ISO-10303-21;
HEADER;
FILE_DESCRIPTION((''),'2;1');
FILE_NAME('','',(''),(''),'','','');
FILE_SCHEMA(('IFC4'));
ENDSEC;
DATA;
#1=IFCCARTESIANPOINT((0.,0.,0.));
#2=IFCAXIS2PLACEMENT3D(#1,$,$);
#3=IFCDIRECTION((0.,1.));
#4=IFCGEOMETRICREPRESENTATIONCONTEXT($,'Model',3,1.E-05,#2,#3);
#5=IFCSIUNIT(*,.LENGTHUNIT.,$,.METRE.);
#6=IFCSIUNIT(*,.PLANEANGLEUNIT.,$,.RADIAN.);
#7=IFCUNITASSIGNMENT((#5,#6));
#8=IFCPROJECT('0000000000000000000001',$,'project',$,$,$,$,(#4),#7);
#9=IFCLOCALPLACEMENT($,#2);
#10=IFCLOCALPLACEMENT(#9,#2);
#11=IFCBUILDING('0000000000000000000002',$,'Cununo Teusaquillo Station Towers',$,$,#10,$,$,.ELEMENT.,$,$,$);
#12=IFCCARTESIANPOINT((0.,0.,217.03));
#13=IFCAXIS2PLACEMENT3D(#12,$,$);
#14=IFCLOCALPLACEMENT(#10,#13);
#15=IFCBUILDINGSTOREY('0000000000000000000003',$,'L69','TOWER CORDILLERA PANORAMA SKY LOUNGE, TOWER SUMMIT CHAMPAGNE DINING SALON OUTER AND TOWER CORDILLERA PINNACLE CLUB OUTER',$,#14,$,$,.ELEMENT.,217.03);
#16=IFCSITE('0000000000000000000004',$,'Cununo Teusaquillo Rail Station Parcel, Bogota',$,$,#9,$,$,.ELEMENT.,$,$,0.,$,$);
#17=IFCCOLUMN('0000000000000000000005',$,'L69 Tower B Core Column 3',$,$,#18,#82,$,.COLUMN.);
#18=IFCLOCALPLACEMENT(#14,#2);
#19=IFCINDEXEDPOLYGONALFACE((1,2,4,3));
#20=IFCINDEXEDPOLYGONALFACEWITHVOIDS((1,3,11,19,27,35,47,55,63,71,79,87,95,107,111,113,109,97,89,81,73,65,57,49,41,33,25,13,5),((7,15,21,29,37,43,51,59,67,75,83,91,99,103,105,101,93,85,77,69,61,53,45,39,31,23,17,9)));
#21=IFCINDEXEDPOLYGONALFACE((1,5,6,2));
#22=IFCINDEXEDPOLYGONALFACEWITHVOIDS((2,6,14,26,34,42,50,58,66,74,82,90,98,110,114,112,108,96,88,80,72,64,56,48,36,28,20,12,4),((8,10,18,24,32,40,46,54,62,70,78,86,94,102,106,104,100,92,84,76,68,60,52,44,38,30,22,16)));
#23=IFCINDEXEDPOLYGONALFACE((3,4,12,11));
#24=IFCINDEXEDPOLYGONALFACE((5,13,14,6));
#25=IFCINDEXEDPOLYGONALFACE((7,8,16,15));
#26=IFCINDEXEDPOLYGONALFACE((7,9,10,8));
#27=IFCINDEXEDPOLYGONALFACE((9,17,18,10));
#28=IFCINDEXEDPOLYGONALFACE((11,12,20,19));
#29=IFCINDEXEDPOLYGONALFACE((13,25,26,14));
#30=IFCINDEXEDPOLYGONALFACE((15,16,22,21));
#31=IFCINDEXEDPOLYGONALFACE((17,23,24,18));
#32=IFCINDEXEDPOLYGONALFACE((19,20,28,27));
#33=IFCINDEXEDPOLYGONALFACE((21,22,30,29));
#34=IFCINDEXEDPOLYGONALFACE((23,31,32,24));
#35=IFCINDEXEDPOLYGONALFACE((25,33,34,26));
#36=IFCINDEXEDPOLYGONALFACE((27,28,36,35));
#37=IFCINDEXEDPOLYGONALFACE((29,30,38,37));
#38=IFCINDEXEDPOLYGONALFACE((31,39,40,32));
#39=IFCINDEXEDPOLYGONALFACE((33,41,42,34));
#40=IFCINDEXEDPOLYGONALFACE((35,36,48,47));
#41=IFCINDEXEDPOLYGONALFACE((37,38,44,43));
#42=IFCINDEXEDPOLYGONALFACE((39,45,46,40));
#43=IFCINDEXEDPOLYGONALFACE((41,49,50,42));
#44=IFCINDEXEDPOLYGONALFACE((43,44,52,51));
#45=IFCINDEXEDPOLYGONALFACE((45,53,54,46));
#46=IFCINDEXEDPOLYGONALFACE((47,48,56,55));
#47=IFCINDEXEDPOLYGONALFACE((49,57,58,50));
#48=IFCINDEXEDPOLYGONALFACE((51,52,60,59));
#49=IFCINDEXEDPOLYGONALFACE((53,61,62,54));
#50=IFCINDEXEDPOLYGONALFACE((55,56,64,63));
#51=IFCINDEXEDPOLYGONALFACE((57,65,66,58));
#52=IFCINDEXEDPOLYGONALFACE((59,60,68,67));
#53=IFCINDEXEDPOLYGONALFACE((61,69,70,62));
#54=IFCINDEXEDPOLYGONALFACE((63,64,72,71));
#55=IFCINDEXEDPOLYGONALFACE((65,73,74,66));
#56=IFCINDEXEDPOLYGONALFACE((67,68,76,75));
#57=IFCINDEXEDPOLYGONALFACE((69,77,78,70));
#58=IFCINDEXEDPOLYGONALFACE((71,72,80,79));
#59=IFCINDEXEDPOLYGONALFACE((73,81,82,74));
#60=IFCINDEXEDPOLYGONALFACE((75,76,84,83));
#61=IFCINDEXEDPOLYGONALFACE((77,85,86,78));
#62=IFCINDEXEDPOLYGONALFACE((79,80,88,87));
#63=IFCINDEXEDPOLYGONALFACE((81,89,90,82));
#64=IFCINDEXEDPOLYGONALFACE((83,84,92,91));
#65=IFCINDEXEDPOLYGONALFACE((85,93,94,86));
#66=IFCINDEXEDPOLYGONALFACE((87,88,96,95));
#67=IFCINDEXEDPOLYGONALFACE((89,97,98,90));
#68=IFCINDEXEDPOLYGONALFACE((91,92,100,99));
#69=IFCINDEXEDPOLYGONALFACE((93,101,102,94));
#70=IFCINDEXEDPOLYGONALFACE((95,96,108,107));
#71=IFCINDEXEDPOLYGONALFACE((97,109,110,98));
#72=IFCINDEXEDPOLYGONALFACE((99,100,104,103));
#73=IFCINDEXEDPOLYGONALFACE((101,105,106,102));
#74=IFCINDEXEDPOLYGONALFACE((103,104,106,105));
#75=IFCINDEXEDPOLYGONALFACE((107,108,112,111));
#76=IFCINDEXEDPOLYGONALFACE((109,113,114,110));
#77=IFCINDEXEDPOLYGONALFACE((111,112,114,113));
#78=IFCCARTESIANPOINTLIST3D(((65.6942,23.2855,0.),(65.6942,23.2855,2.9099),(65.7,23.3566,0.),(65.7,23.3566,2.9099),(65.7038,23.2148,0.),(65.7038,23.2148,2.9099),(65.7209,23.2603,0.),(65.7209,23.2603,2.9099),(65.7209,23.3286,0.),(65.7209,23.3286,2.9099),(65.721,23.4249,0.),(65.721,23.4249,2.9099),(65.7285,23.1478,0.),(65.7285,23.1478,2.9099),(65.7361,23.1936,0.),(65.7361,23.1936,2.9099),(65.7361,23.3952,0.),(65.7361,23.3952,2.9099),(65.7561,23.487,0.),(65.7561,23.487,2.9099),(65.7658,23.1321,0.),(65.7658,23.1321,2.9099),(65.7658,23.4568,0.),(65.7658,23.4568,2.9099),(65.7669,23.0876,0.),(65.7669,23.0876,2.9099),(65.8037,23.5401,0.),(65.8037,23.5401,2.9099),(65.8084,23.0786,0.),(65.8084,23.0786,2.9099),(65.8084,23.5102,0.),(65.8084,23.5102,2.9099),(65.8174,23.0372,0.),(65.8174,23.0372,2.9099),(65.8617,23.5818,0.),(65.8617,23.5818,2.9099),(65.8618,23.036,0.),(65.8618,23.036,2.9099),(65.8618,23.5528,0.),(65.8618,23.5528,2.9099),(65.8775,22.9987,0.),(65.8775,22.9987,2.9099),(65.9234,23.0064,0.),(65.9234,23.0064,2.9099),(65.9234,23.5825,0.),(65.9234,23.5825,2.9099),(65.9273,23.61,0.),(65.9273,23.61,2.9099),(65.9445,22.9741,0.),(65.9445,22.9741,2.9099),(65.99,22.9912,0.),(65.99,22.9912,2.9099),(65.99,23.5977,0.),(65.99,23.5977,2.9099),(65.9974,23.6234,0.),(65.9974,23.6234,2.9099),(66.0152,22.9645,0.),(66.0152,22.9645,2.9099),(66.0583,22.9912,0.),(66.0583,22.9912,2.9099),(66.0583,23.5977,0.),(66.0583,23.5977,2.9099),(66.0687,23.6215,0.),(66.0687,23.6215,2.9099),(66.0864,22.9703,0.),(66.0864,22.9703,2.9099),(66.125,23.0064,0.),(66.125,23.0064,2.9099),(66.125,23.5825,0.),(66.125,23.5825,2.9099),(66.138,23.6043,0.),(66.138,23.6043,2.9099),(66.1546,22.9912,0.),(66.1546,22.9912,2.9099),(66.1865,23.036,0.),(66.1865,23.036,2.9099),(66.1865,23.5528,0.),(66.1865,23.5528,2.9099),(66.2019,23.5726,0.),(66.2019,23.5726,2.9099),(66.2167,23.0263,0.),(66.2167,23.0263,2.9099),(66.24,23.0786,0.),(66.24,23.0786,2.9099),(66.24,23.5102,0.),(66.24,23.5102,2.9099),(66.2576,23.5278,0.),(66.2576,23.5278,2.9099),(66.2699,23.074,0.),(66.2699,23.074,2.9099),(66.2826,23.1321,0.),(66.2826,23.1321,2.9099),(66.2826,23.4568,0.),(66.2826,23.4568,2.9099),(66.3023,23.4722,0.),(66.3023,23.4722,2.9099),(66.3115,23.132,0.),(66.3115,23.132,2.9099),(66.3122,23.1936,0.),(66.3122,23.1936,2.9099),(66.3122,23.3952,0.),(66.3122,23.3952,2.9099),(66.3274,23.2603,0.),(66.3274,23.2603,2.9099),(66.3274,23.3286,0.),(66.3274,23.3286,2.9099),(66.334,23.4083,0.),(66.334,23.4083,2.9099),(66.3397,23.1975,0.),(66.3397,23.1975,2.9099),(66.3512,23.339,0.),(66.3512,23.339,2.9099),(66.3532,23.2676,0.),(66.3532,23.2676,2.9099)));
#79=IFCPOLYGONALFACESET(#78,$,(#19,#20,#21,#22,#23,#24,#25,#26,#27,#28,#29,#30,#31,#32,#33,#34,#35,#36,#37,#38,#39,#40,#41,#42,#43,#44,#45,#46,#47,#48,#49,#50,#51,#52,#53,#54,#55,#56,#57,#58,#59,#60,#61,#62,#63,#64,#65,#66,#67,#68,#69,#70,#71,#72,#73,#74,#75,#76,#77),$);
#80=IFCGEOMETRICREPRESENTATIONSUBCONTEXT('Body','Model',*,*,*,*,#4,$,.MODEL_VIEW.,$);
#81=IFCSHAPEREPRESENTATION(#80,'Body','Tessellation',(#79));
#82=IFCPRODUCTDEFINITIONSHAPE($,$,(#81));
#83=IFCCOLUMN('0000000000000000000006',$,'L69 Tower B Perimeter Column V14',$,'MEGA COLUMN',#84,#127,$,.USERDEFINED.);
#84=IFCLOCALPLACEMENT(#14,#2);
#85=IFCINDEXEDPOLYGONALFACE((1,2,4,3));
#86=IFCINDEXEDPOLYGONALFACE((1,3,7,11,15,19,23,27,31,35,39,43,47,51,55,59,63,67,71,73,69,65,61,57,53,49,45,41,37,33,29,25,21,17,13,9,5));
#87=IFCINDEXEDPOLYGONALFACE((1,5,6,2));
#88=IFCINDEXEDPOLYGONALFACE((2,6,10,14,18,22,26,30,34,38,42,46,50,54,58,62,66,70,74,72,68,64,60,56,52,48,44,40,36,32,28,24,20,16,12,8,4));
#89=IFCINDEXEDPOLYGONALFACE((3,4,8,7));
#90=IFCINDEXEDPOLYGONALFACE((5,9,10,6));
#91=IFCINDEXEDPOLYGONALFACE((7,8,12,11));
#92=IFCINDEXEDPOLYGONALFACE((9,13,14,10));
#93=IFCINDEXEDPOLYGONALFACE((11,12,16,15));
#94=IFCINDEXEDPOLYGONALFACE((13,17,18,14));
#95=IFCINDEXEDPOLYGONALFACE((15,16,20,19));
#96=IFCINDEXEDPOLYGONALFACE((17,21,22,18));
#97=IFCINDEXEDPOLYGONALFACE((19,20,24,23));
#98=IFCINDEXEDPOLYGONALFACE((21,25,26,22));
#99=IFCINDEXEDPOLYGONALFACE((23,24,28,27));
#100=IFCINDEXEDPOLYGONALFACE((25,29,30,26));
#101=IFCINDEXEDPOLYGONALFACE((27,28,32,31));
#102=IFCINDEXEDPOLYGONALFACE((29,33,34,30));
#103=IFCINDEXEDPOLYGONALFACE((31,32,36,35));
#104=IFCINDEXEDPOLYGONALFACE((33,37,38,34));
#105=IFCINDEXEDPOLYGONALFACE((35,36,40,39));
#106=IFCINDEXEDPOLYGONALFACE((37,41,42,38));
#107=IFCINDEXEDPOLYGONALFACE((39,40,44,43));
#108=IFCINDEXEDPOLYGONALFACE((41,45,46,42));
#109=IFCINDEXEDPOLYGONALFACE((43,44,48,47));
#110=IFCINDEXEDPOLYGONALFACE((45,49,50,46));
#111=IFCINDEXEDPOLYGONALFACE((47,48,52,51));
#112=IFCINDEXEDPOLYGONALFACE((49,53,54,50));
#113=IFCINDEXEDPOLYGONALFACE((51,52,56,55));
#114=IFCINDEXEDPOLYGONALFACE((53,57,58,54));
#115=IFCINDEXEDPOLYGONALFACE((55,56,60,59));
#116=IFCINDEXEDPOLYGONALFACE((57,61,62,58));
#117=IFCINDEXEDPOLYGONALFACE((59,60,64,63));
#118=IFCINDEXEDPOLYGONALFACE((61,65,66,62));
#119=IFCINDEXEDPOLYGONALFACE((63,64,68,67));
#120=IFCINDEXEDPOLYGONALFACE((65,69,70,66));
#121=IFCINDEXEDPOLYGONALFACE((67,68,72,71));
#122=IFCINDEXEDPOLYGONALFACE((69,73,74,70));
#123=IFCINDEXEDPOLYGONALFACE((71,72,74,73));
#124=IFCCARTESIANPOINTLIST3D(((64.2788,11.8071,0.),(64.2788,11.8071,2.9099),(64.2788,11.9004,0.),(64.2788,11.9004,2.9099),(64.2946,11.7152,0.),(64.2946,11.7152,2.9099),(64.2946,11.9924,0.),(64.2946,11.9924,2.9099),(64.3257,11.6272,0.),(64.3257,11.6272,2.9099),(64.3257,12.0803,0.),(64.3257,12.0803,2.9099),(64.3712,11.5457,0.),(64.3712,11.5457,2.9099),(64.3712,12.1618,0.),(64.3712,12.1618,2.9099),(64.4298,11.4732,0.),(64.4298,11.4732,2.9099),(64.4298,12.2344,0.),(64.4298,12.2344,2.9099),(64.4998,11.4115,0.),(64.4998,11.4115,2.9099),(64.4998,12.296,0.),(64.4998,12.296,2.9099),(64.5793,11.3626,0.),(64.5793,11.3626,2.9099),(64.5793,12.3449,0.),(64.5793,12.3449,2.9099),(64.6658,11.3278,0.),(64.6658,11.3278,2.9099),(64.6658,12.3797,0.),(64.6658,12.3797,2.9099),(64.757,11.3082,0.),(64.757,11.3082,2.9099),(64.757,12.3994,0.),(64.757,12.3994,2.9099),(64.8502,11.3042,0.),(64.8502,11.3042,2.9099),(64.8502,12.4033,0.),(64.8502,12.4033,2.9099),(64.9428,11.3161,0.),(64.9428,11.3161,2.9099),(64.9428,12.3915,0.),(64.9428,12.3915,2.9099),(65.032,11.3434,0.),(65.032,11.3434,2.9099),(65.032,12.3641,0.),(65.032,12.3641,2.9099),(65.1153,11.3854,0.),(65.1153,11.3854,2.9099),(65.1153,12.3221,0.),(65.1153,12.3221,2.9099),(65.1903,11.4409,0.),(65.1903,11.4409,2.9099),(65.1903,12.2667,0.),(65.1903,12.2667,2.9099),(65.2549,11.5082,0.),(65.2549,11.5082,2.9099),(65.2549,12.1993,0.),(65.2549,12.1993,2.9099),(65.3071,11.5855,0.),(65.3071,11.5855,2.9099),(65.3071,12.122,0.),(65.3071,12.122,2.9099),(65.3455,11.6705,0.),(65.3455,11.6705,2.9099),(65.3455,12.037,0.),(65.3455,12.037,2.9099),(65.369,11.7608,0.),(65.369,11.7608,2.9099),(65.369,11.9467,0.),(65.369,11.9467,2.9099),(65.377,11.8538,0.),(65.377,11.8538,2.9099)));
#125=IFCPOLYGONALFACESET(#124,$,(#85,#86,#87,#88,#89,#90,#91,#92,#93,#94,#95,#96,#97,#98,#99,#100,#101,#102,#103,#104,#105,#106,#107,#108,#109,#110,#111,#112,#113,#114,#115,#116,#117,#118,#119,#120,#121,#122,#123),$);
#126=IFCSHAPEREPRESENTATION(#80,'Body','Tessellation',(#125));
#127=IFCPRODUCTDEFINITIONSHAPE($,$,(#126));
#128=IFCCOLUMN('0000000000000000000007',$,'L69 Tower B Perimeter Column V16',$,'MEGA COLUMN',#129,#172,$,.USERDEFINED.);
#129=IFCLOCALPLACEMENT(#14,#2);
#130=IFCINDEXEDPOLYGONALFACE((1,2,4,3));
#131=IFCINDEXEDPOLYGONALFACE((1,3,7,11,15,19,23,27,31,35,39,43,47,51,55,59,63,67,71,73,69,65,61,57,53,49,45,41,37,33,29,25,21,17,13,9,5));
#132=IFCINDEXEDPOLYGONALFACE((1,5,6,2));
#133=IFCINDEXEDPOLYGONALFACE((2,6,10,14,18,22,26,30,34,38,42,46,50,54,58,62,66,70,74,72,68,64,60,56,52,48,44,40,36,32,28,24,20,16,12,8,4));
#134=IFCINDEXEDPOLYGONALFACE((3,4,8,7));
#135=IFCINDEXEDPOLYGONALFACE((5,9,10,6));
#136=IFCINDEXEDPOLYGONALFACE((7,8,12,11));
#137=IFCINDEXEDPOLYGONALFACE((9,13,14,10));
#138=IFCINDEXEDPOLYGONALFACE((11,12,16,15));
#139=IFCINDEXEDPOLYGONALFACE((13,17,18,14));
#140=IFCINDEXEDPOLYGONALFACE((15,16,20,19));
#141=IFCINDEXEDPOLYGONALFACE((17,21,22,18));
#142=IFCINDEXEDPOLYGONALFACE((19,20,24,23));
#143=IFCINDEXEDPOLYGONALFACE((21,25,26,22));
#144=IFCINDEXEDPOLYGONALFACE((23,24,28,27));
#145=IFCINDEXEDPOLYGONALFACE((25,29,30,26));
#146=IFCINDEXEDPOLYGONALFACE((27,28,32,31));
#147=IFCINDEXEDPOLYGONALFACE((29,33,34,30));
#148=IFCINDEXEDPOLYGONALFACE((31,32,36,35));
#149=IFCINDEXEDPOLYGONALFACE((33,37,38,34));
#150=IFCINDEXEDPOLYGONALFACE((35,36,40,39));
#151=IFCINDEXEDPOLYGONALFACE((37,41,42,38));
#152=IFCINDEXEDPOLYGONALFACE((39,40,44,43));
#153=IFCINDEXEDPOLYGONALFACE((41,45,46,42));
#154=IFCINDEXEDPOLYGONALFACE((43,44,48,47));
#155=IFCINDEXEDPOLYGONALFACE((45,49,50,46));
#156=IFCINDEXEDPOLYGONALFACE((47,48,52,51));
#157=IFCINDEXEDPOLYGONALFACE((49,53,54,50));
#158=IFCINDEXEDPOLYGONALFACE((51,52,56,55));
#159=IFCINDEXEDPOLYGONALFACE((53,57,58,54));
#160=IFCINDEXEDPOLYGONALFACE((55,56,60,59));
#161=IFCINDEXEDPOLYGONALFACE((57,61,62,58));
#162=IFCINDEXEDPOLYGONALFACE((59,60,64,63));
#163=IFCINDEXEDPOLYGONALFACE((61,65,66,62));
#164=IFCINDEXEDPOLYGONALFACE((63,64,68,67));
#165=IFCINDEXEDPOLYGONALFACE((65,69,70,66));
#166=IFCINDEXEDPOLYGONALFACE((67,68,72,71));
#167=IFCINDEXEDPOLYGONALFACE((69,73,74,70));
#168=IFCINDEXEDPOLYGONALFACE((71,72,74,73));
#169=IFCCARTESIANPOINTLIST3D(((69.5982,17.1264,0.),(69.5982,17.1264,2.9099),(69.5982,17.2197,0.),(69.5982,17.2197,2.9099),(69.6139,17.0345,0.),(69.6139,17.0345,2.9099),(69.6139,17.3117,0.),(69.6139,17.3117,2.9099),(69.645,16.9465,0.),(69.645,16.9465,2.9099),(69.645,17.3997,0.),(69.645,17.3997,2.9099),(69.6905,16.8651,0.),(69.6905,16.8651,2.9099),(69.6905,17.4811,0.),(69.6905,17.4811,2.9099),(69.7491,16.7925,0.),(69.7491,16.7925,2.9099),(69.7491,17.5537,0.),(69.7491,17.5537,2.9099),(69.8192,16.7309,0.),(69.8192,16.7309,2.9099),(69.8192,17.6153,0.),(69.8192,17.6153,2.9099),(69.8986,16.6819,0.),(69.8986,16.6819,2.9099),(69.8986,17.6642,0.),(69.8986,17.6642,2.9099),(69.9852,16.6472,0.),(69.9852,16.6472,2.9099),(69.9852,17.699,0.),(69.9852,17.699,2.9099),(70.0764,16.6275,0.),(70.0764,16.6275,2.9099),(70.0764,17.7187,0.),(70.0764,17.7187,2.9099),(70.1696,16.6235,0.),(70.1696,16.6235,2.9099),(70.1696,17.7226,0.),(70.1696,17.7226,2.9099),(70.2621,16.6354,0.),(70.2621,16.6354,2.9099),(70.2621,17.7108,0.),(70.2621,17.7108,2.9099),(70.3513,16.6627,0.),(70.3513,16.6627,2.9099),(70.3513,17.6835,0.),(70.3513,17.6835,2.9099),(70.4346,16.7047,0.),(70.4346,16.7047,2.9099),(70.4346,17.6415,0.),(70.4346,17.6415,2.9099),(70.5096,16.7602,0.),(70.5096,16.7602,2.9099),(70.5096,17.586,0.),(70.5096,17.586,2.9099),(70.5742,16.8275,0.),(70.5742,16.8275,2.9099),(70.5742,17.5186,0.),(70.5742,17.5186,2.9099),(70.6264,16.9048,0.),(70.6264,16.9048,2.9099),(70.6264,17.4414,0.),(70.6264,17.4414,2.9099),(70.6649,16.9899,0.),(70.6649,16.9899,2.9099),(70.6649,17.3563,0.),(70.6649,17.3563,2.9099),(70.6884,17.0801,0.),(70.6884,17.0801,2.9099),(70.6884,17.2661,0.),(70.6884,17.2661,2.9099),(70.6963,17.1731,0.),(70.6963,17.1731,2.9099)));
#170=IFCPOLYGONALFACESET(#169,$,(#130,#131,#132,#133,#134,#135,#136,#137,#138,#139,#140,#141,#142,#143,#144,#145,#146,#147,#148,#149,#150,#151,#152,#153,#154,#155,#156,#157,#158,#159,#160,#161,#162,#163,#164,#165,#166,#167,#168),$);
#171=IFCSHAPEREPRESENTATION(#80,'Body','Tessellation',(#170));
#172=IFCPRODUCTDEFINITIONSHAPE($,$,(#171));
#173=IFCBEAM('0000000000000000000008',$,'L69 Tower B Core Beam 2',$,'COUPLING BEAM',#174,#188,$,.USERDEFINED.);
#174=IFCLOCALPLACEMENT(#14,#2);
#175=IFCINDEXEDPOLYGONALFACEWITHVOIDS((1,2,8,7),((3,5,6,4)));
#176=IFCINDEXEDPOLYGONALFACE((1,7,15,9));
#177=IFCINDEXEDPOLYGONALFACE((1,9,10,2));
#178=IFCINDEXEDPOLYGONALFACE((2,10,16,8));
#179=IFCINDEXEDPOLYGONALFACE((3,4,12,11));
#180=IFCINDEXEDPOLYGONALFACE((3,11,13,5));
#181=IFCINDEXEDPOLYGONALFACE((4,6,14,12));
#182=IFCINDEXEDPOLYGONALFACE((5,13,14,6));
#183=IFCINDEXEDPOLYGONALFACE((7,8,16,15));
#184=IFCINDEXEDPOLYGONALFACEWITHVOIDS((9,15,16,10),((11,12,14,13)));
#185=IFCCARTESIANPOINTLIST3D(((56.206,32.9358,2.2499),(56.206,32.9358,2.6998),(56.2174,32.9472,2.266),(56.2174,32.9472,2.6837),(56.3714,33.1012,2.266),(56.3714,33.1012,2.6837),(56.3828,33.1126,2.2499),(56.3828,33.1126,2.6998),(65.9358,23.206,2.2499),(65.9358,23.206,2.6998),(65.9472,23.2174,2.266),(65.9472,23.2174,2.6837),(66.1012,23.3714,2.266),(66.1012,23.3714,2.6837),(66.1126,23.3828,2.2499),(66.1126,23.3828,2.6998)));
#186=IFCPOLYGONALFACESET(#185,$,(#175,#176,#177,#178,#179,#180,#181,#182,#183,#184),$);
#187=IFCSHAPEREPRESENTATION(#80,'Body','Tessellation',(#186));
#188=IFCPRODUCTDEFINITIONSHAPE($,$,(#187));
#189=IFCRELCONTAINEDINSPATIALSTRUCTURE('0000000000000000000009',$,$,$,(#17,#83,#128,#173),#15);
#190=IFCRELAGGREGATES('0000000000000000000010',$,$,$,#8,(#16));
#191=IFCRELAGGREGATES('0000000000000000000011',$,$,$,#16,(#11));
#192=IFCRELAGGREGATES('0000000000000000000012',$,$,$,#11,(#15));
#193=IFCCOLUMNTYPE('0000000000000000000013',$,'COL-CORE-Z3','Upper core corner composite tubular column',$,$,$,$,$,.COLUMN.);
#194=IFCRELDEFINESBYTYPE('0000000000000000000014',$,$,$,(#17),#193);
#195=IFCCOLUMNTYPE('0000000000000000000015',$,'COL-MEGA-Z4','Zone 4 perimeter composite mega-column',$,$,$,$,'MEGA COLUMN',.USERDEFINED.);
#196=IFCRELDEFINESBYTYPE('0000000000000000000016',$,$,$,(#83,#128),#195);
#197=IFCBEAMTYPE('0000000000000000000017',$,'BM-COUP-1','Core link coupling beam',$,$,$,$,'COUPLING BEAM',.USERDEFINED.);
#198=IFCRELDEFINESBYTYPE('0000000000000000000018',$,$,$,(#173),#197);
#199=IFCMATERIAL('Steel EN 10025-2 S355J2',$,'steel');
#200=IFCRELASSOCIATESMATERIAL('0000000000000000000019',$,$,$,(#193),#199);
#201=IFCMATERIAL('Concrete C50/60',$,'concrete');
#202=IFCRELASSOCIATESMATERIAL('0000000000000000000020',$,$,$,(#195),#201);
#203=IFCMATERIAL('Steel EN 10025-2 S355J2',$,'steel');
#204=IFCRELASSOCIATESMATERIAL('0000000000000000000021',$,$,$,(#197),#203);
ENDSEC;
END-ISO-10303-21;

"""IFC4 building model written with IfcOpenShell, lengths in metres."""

from ifc_helpers import new_model, si_unit, direction, frame, origin, origin_2d, place, context, subcontext, project, spatial, hollow_rectangle, circle, hollow_circle, extrude, material, material_profile, profile_set, type_object, element, save


model = new_model("IFC4")

# Units and contexts
model_context = context("Model", 3, precision=1e-05, world=origin(), true_north=direction((0.0, 1.0)))
body_context = subcontext(model_context, "Body", "Model", "MODEL_VIEW")
ifc_project = project(units=[si_unit("LENGTHUNIT", "METRE"), si_unit("PLANEANGLEUNIT", "RADIAN")], contexts=[model_context])

# Site, building, storey
site_placement = place(None, origin())
site = spatial("IfcSite", under=ifc_project, at=site_placement, Name="Cununo Teusaquillo Rail Station Parcel, Bogota", CompositionType="ELEMENT", RefElevation=0.0)
building_placement = place(site_placement, origin())
building = spatial("IfcBuilding", under=site, at=building_placement, Name="Cununo Teusaquillo Station Towers", CompositionType="ELEMENT")
storey_placement = place(building_placement, frame((0.0, 0.0, 217.03)))
storey = spatial("IfcBuildingStorey", under=building, at=storey_placement, Name="L69", Description="TOWER CORDILLERA PANORAMA SKY LOUNGE, TOWER SUMMIT CHAMPAGNE DINING SALON OUTER AND TOWER CORDILLERA PINNACLE CLUB OUTER", CompositionType="ELEMENT", Elevation=217.03)

# Columns
ifc_material_1 = material(Name="Steel EN 10025-2 S355J2", Category="steel")
ifc_material_profile_1 = material_profile(ifc_material_1, hollow_circle(Radius=0.3301, WallThickness=0.0249, at=origin_2d()), Name="CHS 660x25")
ifc_profile_set_1 = profile_set([ifc_material_profile_1], Name="Steel EN 10025-2 S355J2")
column_type_1 = type_object("IfcColumnType", Name="COL-CORE-Z3", Description="Upper core corner composite tubular column", PredefinedType="COLUMN", material=ifc_profile_set_1)
column_placement = place(storey_placement, frame((66.0242, 23.2944, 0.0), z_axis=(0.0, 0.0, 1.0), x_axis=(0.707107, 0.707107, 0.0)))
element("IfcColumn", 1, at=column_placement, inside=storey, type_object=column_type_1, Name="L69 Tower B Core Column 3", PredefinedType="COLUMN", context=body_context, shape_type="SweptSolid", body=[
    extrude(hollow_circle(Radius=0.3301, WallThickness=0.0249, at=origin_2d()), origin(), (0.0, 0.0, 1.0), 2.9099),
])
ifc_material_2 = material(Name="Concrete C50/60", Category="concrete")
ifc_material_profile_2 = material_profile(ifc_material_2, circle(Radius=0.55, at=origin_2d()), Name="RC-CIRC-1100")
ifc_profile_set_2 = profile_set([ifc_material_profile_2], Name="Concrete C50/60")
column_type_2 = type_object("IfcColumnType", Name="COL-MEGA-Z4", Description="Zone 4 perimeter composite mega-column", ElementType="MEGA COLUMN", PredefinedType="USERDEFINED", material=ifc_profile_set_2)
for number, where, z_axis, x_axis, name in (
    (2, (64.8269, 11.8538, 0.0), (0.0, 0.0, 1.0), (1.0, 0.0, 0.0), "L69 Tower B Perimeter Column V14"),
    (3, (70.1462, 17.1731, 0.0), (0.0, 0.0, 1.0), (1.0, 0.0, 0.0), "L69 Tower B Perimeter Column V16"),
):
    element("IfcColumn", number, at=place(storey_placement, frame(where, z_axis=z_axis, x_axis=x_axis)), inside=storey, type_object=column_type_2, Name=name, ObjectType="MEGA COLUMN", PredefinedType="USERDEFINED", context=body_context, shape_type="SweptSolid", body=[
        extrude(circle(Radius=0.55, at=origin_2d()), origin(), (0.0, 0.0, 1.0), 2.9099),
    ])

# Beam
ifc_material_3 = material(Name="Steel EN 10025-2 S355J2", Category="steel")
ifc_material_profile_3 = material_profile(ifc_material_3, hollow_rectangle(XDim=0.25, YDim=0.45, WallThickness=0.0161, at=origin_2d()), Name="RHS 450x250x16")
ifc_profile_set_3 = profile_set([ifc_material_profile_3], Name="Steel EN 10025-2 S355J2")
beam_type_1 = type_object("IfcBeamType", Name="BM-COUP-1", Description="Core link coupling beam", ElementType="COUPLING BEAM", PredefinedType="USERDEFINED", material=ifc_profile_set_3)
beam_1_placement = place(storey_placement, frame((66.0242, 23.2944, 2.4749), z_axis=(-0.707107, 0.707107, 0.0), x_axis=(-0.707107, -0.707107, 0.0)))
element("IfcBeam", 4, at=beam_1_placement, inside=storey, type_object=beam_type_1, Name="L69 Tower B Core Beam 2", ObjectType="COUPLING BEAM", PredefinedType="USERDEFINED", context=body_context, shape_type="SweptSolid", body=[
    extrude(hollow_rectangle(XDim=0.25, YDim=0.45, WallThickness=0.0161, at=origin_2d()), origin(), (0.0, 0.0, 1.0), 13.76),
])

save(model, "model.ifc")
